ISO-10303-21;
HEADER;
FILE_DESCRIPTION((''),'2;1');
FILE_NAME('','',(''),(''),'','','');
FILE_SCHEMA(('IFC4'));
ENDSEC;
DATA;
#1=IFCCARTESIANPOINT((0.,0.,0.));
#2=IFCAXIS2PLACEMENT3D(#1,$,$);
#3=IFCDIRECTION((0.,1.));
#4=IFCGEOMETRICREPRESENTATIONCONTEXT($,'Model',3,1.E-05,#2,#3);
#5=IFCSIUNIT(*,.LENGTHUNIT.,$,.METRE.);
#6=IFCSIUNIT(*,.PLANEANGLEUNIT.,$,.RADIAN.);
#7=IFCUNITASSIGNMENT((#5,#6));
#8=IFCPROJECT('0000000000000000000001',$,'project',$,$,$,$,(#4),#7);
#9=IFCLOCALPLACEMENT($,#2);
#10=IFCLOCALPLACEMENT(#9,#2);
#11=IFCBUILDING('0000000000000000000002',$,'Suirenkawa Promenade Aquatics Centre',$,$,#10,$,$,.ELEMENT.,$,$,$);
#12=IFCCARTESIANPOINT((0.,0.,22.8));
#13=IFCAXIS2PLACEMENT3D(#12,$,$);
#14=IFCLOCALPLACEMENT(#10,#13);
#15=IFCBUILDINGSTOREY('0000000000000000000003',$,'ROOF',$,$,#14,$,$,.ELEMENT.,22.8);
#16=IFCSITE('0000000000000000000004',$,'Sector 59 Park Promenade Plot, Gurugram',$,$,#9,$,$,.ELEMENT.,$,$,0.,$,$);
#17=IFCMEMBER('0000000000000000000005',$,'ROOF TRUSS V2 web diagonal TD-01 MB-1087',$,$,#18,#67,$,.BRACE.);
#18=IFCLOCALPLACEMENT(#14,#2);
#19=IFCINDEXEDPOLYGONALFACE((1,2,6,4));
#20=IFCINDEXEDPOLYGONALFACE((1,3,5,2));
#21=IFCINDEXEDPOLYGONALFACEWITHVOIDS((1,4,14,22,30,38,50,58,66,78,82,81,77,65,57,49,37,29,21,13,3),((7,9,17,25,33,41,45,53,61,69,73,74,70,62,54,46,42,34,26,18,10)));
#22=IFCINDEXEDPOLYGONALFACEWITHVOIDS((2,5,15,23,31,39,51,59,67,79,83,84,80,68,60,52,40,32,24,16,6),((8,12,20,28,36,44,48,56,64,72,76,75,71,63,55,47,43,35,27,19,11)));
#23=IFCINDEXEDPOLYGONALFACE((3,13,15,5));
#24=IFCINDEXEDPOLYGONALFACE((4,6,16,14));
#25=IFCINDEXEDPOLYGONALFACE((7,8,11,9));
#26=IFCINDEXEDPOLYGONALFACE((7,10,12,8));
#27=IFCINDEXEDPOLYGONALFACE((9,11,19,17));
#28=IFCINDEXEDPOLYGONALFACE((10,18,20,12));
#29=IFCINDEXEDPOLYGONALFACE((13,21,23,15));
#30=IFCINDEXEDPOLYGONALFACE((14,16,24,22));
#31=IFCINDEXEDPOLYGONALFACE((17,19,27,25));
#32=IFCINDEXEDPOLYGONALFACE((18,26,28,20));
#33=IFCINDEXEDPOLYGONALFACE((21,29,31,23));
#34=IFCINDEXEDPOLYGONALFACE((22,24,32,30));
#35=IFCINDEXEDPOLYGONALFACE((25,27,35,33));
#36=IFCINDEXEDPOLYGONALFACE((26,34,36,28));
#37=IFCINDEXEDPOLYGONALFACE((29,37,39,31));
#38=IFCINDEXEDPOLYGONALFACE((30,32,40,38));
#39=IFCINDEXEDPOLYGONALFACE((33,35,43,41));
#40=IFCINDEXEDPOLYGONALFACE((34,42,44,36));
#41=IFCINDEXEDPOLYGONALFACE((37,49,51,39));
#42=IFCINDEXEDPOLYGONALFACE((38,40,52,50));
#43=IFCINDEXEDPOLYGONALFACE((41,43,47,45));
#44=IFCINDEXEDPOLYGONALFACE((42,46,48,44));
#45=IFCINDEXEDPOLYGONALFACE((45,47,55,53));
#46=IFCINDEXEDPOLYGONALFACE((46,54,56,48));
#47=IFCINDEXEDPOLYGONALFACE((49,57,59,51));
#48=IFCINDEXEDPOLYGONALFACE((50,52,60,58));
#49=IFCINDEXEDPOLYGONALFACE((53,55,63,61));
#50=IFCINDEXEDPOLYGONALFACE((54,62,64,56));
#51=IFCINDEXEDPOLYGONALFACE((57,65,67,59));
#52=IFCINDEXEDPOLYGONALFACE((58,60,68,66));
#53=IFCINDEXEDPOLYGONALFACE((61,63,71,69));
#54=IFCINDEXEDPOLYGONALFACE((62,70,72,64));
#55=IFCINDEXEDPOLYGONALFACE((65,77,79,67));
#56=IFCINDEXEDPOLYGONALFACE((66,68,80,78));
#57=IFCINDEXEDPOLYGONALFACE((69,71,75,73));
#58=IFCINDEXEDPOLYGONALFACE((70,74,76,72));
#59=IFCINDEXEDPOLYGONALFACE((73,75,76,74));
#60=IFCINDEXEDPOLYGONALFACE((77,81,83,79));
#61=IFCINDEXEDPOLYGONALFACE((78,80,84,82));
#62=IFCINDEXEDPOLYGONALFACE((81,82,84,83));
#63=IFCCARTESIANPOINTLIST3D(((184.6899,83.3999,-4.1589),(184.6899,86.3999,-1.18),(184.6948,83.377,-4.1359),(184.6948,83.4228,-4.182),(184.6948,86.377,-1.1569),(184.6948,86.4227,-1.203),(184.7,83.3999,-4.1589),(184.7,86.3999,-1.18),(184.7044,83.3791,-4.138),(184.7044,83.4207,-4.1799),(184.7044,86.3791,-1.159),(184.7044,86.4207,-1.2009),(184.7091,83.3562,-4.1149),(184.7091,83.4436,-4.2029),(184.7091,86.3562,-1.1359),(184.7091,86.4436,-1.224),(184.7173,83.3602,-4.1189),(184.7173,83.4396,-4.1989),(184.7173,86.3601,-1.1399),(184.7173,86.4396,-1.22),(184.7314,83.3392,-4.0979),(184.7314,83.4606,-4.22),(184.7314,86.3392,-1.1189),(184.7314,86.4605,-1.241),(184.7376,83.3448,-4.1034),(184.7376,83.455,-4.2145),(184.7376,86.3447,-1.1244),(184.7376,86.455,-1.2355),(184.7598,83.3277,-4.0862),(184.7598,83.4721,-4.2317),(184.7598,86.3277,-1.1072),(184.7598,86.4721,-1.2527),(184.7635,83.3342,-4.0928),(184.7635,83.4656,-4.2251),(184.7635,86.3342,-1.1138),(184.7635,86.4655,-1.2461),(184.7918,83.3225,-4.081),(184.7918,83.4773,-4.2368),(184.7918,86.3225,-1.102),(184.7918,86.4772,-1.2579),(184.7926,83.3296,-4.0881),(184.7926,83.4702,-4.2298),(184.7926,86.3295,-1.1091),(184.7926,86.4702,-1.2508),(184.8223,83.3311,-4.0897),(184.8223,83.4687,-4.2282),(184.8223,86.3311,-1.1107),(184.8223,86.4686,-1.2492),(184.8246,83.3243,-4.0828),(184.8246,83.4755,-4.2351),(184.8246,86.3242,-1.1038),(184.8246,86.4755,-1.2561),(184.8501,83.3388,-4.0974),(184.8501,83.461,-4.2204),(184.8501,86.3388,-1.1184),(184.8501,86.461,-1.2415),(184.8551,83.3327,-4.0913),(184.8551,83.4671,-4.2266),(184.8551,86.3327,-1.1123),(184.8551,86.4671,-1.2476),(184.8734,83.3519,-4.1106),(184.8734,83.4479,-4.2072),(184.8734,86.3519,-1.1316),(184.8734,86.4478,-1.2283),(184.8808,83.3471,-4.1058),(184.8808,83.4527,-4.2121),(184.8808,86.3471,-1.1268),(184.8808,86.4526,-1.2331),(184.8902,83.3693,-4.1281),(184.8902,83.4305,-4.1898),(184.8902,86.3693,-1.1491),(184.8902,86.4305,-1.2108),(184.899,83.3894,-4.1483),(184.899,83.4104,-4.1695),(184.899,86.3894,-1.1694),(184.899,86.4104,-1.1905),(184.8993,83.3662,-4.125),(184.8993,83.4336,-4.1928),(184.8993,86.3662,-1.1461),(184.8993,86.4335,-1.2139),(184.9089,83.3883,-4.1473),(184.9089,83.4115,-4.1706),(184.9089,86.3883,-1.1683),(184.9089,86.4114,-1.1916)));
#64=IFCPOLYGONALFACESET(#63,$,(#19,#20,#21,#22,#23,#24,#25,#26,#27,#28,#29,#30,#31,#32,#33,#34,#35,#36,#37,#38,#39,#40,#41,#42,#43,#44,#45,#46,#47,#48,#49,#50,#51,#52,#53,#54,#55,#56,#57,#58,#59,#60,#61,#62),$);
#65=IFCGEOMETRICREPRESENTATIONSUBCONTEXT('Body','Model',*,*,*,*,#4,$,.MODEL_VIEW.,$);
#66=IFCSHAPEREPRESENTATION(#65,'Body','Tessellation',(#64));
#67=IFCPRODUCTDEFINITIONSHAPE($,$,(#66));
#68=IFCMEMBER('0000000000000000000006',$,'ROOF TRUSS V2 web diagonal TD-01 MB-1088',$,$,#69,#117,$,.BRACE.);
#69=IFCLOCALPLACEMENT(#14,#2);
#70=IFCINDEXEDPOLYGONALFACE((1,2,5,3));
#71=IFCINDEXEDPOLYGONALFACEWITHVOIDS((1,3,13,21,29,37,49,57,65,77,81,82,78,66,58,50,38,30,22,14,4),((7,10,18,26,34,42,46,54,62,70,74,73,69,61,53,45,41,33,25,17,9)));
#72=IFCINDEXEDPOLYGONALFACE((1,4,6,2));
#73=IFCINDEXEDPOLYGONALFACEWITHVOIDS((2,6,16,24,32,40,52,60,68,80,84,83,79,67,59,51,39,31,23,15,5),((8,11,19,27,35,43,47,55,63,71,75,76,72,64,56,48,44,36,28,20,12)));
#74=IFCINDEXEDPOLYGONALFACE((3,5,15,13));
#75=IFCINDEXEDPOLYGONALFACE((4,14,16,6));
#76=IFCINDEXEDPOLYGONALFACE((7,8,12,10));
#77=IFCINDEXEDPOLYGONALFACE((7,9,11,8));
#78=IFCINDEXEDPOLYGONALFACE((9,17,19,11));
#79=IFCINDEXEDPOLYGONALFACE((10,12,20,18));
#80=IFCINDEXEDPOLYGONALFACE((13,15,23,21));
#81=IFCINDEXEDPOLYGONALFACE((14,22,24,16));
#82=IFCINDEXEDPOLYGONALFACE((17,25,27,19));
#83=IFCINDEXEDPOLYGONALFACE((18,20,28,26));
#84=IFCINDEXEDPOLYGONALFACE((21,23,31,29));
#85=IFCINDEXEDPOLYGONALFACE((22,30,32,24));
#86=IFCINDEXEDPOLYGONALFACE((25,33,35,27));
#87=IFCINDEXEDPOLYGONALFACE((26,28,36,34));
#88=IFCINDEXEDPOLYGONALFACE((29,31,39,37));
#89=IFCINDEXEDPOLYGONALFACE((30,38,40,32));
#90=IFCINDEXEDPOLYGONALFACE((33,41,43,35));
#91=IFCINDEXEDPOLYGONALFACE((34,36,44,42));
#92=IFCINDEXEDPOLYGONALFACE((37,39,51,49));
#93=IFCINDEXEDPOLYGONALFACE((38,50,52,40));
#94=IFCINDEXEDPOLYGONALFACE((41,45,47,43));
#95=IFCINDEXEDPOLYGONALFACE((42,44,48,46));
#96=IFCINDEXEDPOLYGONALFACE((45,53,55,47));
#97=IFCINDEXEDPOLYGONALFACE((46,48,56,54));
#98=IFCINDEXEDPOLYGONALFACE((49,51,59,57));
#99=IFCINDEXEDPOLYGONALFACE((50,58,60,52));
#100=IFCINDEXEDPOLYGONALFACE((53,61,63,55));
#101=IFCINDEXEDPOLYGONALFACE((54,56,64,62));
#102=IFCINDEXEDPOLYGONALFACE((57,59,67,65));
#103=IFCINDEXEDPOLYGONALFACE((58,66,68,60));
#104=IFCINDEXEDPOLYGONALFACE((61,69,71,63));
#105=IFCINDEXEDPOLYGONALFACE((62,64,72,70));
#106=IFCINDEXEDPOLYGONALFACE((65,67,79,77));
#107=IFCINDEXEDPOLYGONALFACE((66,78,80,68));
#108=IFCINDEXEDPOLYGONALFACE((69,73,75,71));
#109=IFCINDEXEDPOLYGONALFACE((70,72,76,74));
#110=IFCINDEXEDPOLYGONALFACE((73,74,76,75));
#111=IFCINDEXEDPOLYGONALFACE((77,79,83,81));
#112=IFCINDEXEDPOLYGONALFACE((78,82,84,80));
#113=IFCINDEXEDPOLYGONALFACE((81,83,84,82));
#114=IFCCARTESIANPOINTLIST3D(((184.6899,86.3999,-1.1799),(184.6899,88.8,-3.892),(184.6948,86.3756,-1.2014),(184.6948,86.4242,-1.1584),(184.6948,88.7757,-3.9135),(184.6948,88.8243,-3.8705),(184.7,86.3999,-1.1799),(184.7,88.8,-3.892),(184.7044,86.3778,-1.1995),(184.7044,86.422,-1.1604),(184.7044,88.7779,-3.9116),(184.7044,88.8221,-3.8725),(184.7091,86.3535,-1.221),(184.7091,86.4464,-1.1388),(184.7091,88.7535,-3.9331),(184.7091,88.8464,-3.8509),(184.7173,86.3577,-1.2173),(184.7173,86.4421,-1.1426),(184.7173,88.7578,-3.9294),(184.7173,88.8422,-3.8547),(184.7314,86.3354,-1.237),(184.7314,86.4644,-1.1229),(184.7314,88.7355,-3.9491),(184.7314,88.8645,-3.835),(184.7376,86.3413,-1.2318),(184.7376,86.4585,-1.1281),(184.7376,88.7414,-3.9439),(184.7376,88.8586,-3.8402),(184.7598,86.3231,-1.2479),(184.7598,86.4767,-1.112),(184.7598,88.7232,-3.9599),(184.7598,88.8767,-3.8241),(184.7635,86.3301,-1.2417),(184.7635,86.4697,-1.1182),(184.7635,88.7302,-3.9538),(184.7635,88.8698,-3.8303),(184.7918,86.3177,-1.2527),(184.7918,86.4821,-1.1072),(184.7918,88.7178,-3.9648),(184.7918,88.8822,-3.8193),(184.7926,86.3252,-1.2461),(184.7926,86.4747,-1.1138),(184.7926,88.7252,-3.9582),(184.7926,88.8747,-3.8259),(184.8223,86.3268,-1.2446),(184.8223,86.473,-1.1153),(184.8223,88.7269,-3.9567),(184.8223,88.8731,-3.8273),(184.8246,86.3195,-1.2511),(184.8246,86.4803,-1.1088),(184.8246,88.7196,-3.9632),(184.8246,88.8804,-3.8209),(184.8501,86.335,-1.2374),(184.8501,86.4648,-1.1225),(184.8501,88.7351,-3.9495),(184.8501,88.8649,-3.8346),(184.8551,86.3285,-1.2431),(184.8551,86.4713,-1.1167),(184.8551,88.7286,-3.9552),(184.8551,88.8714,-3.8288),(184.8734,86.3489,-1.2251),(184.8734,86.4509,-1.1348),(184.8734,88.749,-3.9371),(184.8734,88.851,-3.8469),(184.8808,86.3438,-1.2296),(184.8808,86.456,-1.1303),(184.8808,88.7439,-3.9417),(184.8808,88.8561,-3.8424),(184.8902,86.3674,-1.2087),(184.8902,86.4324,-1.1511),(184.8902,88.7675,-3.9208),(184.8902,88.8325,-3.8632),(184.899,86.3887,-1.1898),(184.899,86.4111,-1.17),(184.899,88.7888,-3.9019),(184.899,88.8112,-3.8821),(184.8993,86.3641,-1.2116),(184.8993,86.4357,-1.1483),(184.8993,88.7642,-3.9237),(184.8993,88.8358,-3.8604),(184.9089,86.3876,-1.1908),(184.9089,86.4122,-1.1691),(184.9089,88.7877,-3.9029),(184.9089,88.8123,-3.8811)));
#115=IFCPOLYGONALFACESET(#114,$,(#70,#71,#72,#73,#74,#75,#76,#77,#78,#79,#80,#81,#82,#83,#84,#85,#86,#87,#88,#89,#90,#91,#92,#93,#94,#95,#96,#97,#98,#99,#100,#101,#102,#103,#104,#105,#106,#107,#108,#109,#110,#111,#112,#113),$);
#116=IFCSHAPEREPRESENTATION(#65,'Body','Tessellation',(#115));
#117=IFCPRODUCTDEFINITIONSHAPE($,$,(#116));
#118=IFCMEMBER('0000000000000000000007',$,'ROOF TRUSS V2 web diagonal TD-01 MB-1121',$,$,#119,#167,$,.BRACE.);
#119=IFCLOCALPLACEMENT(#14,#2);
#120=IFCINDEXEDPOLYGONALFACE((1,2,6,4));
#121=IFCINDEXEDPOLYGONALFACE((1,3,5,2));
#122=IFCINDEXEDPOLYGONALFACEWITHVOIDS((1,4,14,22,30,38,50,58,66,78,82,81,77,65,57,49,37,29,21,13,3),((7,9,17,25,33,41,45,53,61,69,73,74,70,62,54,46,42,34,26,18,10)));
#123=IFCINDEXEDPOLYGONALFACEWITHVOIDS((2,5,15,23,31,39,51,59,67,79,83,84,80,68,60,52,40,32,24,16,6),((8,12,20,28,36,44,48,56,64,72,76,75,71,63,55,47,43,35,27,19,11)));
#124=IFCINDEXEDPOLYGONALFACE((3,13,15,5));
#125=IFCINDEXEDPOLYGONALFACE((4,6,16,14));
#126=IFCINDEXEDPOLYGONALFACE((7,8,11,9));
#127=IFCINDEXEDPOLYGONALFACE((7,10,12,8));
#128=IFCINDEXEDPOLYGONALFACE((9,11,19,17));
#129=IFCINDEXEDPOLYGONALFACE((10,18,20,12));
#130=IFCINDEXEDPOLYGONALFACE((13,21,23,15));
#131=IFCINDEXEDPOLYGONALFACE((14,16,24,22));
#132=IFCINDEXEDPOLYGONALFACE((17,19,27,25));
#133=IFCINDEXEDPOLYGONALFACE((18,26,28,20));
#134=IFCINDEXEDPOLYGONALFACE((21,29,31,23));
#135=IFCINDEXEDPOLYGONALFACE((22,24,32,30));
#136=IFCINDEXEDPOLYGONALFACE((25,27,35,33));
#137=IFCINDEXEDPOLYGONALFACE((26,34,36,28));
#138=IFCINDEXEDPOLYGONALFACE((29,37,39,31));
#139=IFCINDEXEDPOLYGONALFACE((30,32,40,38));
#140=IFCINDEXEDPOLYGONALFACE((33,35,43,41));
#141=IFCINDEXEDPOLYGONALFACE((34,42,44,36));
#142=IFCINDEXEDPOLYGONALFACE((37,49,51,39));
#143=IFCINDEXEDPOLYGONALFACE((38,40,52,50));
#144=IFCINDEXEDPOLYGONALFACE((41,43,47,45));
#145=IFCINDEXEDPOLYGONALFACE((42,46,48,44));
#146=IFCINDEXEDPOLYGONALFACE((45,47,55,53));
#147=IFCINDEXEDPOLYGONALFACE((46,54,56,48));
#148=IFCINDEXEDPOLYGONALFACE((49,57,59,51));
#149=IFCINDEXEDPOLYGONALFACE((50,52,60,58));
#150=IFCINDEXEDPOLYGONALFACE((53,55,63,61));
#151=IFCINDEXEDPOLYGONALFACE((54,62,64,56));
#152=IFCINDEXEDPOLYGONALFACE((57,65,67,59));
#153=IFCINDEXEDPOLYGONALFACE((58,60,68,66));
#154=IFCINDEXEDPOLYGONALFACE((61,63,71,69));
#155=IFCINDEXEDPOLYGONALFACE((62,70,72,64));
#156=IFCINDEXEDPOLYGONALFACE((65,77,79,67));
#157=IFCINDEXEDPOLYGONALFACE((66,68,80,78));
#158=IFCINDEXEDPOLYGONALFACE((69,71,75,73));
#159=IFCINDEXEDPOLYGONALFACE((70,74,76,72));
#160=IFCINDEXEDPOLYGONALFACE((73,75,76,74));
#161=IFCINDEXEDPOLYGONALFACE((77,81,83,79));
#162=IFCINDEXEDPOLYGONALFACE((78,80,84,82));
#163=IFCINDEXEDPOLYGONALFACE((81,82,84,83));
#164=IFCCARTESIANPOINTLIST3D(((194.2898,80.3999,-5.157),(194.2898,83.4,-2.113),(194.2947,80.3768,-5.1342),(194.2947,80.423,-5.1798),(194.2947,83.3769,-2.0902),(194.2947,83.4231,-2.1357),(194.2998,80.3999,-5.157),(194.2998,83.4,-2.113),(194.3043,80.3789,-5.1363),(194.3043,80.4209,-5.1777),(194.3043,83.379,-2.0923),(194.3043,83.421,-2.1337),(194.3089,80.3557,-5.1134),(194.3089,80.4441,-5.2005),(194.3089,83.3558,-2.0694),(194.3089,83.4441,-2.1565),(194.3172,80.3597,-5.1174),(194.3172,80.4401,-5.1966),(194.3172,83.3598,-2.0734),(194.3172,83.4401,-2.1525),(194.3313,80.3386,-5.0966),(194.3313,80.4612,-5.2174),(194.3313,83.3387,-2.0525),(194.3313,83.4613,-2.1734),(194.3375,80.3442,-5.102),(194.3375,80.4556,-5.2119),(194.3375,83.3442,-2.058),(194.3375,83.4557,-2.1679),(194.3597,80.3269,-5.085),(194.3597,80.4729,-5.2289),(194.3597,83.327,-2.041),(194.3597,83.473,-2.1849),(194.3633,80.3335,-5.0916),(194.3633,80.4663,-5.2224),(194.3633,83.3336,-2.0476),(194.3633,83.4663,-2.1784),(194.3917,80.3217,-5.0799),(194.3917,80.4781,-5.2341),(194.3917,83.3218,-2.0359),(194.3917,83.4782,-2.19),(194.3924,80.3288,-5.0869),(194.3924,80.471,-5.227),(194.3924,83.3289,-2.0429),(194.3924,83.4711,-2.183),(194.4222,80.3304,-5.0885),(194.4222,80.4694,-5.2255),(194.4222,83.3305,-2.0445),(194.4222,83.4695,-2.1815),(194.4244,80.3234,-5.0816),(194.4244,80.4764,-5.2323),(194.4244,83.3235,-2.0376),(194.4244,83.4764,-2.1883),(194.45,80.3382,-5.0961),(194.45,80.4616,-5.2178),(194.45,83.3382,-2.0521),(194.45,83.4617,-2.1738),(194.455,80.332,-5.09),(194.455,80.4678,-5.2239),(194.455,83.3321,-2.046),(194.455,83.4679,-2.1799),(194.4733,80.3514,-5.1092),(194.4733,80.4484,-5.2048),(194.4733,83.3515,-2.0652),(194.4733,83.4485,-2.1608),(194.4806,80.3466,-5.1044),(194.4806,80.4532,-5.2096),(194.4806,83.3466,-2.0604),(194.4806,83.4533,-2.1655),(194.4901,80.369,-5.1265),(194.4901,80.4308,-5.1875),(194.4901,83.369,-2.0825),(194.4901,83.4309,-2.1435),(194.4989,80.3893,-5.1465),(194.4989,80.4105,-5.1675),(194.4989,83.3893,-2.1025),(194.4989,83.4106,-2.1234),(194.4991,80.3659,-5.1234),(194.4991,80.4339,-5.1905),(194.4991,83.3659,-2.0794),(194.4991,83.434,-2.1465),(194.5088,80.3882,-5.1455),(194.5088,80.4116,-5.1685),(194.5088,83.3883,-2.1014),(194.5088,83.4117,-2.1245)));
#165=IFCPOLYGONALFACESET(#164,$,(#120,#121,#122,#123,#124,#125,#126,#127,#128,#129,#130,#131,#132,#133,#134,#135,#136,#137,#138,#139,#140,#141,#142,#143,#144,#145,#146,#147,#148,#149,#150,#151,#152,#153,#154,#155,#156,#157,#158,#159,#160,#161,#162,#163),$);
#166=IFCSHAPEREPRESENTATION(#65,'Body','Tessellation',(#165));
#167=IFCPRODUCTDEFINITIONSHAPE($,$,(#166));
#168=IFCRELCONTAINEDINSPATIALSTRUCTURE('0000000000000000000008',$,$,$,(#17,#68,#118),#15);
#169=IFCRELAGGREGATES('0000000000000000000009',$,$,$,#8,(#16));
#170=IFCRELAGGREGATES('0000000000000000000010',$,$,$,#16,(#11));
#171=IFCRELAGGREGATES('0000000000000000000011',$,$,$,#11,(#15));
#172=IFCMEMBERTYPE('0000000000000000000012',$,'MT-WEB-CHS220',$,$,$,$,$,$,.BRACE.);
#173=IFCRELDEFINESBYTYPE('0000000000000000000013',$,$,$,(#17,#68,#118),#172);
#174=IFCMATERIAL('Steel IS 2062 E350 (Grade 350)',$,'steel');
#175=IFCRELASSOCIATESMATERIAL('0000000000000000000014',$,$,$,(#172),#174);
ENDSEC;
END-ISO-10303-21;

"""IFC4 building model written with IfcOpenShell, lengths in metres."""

from ifc_helpers import new_model, si_unit, direction, frame, origin, origin_2d, place, context, subcontext, project, spatial, hollow_circle, extrude, material, material_profile, profile_set, type_object, element, save


model = new_model("IFC4")

# Units and contexts
model_context = context("Model", 3, precision=1e-05, world=origin(), true_north=direction((0.0, 1.0)))
body_context = subcontext(model_context, "Body", "Model", "MODEL_VIEW")
ifc_project = project(units=[si_unit("LENGTHUNIT", "METRE"), si_unit("PLANEANGLEUNIT", "RADIAN")], contexts=[model_context])

# Site, building, storey
site_placement = place(None, origin())
site = spatial("IfcSite", under=ifc_project, at=site_placement, Name="Sector 59 Park Promenade Plot, Gurugram", CompositionType="ELEMENT", RefElevation=0.0)
building_placement = place(site_placement, origin())
building = spatial("IfcBuilding", under=site, at=building_placement, Name="Suirenkawa Promenade Aquatics Centre", CompositionType="ELEMENT")
storey_placement = place(building_placement, frame((0.0, 0.0, 22.8)))
storey = spatial("IfcBuildingStorey", under=building, at=storey_placement, Name="ROOF", CompositionType="ELEMENT", Elevation=22.8)

# Shared definitions
ifc_material = material(Name="Steel IS 2062 E350 (Grade 350)", Category="steel")

# Members
ifc_material_profile_1 = material_profile(ifc_material, hollow_circle(Radius=0.1101, WallThickness=0.01, at=origin_2d()), Name="CHS 220x10", Category="steel")
ifc_profile_set_1 = profile_set([ifc_material_profile_1], Name="Steel IS 2062 E350 (Grade 350)")
member_type_1 = type_object("IfcMemberType", Name="MT-WEB-CHS220", PredefinedType="BRACE", material=ifc_profile_set_1)
member_1_placement = place(storey_placement, frame((184.8, 83.3999, -4.1589), z_axis=(0.0, 0.709586, 0.704619), x_axis=(-1.0, 0.0, 0.0)))
element("IfcMember", 1, at=member_1_placement, inside=storey, type_object=member_type_1, Name="ROOF TRUSS V2 web diagonal TD-01 MB-1087", PredefinedType="BRACE", context=body_context, shape_type="SweptSolid", body=[
    extrude(hollow_circle(Radius=0.1101, WallThickness=0.01, at=origin_2d()), origin(), (0.0, 0.0, 1.0), 4.2278),
])
member_2_placement = place(storey_placement, frame((184.8, 86.3999, -1.1799), z_axis=(0.0, 0.662718, -0.748869), x_axis=(-1.0, 0.0, 0.0)))
element("IfcMember", 2, at=member_2_placement, inside=storey, type_object=member_type_1, Name="ROOF TRUSS V2 web diagonal TD-01 MB-1088", PredefinedType="BRACE", context=body_context, shape_type="SweptSolid", body=[
    extrude(hollow_circle(Radius=0.1101, WallThickness=0.01, at=origin_2d()), origin(), (0.0, 0.0, 1.0), 3.6216),
])
member_3_placement = place(storey_placement, frame((194.3999, 80.3999, -5.157), z_axis=(0.0, 0.701947, 0.712229), x_axis=(-1.0, 0.0, 0.0)))
element("IfcMember", 3, at=member_3_placement, inside=storey, type_object=member_type_1, Name="ROOF TRUSS V2 web diagonal TD-01 MB-1121", PredefinedType="BRACE", context=body_context, shape_type="SweptSolid", body=[
    extrude(hollow_circle(Radius=0.1101, WallThickness=0.01, at=origin_2d()), origin(), (0.0, 0.0, 1.0), 4.2739),
])

save(model, "model.ifc")
